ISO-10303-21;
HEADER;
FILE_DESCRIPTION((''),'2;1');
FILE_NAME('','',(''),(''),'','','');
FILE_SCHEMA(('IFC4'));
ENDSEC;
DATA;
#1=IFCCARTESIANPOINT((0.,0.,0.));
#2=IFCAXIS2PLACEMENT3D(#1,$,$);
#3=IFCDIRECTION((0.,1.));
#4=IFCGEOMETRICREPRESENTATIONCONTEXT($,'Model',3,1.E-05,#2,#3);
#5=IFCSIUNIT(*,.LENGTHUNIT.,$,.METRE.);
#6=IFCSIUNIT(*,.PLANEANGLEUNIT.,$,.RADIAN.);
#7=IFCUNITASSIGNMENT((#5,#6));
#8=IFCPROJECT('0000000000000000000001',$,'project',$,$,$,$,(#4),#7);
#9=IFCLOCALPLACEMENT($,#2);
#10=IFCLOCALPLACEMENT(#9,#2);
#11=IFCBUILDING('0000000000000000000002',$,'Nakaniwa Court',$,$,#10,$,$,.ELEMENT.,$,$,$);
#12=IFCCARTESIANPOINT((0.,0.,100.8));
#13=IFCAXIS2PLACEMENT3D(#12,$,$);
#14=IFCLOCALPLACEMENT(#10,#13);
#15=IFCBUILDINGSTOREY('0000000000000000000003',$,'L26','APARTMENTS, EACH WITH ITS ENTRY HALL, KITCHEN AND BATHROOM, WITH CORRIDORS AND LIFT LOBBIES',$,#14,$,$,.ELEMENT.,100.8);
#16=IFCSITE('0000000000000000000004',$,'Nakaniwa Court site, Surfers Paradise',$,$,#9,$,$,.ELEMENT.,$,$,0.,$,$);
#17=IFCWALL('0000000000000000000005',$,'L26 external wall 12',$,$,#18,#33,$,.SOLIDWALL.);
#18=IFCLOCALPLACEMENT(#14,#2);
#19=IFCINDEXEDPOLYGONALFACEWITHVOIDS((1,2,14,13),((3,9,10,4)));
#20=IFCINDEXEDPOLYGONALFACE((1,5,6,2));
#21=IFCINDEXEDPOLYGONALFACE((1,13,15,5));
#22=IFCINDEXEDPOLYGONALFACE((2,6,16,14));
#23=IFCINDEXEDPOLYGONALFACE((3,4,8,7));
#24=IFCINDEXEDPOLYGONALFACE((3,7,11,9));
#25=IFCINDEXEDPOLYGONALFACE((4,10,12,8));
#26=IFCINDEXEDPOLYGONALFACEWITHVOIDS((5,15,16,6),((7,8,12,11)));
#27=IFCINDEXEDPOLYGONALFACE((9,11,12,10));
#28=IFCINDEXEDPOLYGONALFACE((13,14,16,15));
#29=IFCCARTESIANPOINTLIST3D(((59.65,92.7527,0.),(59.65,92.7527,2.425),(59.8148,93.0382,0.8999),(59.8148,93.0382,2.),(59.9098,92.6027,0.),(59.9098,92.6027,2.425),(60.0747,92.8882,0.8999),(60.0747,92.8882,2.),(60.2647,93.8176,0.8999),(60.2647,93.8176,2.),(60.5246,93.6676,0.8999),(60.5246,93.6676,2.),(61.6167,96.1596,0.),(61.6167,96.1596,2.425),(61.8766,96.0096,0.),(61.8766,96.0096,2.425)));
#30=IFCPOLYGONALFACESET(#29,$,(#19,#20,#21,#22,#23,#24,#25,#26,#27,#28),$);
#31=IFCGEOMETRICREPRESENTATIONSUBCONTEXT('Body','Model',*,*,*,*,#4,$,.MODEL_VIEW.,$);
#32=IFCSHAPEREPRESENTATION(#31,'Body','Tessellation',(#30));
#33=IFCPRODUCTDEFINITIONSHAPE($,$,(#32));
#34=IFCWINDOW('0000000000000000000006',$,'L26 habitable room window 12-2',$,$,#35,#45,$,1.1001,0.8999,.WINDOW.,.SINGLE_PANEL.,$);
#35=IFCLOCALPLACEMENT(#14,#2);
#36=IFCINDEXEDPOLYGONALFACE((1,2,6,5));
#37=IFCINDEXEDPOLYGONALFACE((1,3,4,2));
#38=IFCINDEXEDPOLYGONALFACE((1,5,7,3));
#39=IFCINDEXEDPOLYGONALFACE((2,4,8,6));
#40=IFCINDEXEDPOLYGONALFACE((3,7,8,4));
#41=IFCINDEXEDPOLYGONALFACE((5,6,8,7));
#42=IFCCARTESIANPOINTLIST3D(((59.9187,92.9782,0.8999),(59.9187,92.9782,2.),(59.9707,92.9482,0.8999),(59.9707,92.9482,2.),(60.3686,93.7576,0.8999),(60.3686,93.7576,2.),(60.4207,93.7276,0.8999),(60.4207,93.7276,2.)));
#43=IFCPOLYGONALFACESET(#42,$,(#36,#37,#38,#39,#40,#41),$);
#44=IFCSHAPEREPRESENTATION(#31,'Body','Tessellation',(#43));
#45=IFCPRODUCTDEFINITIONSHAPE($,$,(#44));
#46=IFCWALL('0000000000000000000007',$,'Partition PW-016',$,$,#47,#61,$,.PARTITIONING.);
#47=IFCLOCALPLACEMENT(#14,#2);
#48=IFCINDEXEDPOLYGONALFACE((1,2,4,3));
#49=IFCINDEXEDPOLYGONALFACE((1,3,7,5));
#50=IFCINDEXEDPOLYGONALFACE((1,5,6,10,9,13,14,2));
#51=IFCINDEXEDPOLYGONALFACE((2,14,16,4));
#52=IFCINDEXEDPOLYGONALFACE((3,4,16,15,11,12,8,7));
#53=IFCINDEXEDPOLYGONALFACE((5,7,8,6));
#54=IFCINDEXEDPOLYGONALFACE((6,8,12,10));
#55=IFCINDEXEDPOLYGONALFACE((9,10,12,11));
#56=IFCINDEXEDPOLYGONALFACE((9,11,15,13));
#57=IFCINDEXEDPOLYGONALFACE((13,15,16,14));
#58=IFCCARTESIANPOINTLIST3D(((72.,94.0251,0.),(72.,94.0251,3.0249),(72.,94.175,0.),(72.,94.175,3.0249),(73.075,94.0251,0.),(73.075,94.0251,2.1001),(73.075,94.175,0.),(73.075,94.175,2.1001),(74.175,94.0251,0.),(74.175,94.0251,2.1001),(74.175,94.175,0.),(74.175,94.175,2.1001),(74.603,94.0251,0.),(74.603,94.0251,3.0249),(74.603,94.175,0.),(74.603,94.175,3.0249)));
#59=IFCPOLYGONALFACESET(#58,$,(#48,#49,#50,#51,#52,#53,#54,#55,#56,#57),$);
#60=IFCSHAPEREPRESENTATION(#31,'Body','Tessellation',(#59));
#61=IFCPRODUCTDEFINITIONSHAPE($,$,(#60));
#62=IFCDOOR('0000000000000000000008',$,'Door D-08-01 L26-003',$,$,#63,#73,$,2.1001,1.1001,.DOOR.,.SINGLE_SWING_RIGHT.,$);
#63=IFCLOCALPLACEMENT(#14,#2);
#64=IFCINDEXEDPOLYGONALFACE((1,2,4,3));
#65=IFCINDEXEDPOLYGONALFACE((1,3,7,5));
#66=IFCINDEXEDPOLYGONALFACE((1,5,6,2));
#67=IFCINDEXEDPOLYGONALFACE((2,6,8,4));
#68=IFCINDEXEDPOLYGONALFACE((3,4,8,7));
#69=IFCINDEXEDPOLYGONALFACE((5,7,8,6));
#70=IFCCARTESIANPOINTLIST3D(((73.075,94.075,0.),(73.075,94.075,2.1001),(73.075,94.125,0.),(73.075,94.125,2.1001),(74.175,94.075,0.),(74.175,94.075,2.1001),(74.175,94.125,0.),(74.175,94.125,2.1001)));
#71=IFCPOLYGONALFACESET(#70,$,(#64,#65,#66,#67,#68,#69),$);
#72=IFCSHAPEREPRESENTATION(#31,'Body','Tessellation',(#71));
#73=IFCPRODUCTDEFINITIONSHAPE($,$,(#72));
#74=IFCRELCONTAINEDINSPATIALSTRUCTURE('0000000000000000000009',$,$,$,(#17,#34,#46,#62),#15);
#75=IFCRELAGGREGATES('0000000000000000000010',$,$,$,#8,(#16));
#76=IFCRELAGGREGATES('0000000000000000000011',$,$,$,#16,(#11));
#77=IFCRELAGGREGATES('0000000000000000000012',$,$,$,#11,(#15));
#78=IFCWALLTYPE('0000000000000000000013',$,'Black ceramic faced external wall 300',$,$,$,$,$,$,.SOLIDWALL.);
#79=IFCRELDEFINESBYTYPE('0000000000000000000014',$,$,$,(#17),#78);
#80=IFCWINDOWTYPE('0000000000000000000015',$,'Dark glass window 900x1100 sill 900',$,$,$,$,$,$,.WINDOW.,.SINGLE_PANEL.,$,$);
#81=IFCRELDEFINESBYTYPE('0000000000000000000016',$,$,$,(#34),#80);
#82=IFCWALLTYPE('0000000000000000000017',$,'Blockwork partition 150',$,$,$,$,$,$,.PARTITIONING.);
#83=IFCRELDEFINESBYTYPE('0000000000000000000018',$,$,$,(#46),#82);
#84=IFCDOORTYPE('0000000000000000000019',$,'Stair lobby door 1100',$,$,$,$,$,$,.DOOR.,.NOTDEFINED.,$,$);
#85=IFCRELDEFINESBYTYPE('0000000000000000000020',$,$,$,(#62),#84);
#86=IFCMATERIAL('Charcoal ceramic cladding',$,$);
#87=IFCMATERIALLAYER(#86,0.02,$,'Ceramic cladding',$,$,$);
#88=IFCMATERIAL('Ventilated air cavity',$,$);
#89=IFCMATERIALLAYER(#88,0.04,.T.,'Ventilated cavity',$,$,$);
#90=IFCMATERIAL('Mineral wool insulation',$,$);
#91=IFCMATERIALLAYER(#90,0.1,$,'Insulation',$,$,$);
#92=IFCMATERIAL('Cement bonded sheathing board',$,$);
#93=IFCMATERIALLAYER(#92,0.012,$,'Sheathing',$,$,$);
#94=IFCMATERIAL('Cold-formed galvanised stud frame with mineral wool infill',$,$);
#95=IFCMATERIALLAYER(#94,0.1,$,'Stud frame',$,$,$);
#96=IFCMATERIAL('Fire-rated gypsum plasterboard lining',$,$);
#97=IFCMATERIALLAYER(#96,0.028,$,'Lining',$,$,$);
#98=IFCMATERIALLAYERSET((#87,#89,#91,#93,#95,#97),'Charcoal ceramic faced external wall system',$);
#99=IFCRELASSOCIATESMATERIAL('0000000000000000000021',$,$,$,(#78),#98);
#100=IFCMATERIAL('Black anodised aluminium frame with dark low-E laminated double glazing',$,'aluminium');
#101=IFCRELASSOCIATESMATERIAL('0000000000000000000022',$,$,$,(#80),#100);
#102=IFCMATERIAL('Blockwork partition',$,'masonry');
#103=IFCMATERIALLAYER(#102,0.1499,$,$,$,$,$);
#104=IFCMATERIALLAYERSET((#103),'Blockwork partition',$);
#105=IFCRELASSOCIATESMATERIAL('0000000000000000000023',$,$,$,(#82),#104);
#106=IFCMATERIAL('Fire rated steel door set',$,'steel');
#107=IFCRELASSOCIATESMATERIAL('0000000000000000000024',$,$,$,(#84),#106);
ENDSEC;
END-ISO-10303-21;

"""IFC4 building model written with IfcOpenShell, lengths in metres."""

from ifc_helpers import new_model, si_unit, direction, frame, frame_2d, origin, place, context, subcontext, project, spatial, rectangle, extrude, material, layer, layer_set, type_object, element, fill, save


model = new_model("IFC4")

# Units and contexts
model_context = context("Model", 3, precision=1e-05, world=origin(), true_north=direction((0.0, 1.0)))
body_context = subcontext(model_context, "Body", "Model", "MODEL_VIEW")
ifc_project = project(units=[si_unit("LENGTHUNIT", "METRE"), si_unit("PLANEANGLEUNIT", "RADIAN")], contexts=[model_context])

# Site, building, storey
site_placement = place(None, origin())
site = spatial("IfcSite", under=ifc_project, at=site_placement, Name="Nakaniwa Court site, Surfers Paradise", CompositionType="ELEMENT", RefElevation=0.0)
building_placement = place(site_placement, origin())
building = spatial("IfcBuilding", under=site, at=building_placement, Name="Nakaniwa Court", CompositionType="ELEMENT")
storey_placement = place(building_placement, frame((0.0, 0.0, 100.8)))
storey = spatial("IfcBuildingStorey", under=building, at=storey_placement, Name="L26", Description="APARTMENTS, EACH WITH ITS ENTRY HALL, KITCHEN AND BATHROOM, WITH CORRIDORS AND LIFT LOBBIES", CompositionType="ELEMENT", Elevation=100.8)

# Wall, opening, window
ifc_material_1 = material(Name="Charcoal ceramic cladding")
ifc_layer_1 = layer(ifc_material_1, 0.02, Name="Ceramic cladding")
ifc_material_2 = material(Name="Ventilated air cavity")
ifc_layer_2 = layer(ifc_material_2, 0.04, ventilated=True, Name="Ventilated cavity")
ifc_material_3 = material(Name="Mineral wool insulation")
ifc_layer_3 = layer(ifc_material_3, 0.1, Name="Insulation")
ifc_material_4 = material(Name="Cement bonded sheathing board")
ifc_layer_4 = layer(ifc_material_4, 0.012, Name="Sheathing")
ifc_material_5 = material(Name="Cold-formed galvanised stud frame with mineral wool infill")
ifc_layer_5 = layer(ifc_material_5, 0.1, Name="Stud frame")
ifc_material_6 = material(Name="Fire-rated gypsum plasterboard lining")
ifc_layer_6 = layer(ifc_material_6, 0.028, Name="Lining")
ifc_layer_set_1 = layer_set([ifc_layer_1, ifc_layer_2, ifc_layer_3, ifc_layer_4, ifc_layer_5, ifc_layer_6], Name="Charcoal ceramic faced external wall system")
wall_type_1 = type_object("IfcWallType", Name="Black ceramic faced external wall 300", PredefinedType="SOLIDWALL", material=ifc_layer_set_1)
ifc_material_7 = material(Name="Black anodised aluminium frame with dark low-E laminated double glazing", Category="aluminium")
wall_1_placement = place(storey_placement, frame((61.7466, 96.0845, 0.0), z_axis=(0.0, 0.0, 1.0), x_axis=(-0.499957, -0.86605, 0.0)))
wall_1 = element("IfcWall", 1, at=wall_1_placement, inside=storey, type_object=wall_type_1, Name="L26 external wall 12", PredefinedType="SOLIDWALL", context=body_context, shape_type="SweptSolid", body=[
    extrude(rectangle(XDim=3.9338, YDim=0.3, at=frame_2d((1.9668, 0.0))), origin(), (0.0, 0.0, 1.0), 2.425),
])
opening_1_placement = place(wall_1_placement, frame((2.7041, 0.0, 0.8999)))
opening_1 = element("IfcOpeningElement", 2, at=opening_1_placement, cuts=wall_1, PredefinedType="OPENING", context=body_context, shape_type="SweptSolid", body=[
    extrude(rectangle(XDim=0.8999, YDim=1.1001, at=frame_2d((0.45, 0.55))), frame((0.0, 0.1599, 0.0), z_axis=(0.0, -1.0, 0.0), x_axis=(1.0, 0.0, 0.0)), (0.0, 0.0, 1.0), 0.3201),
])
window_type_1 = type_object("IfcWindowType", Name="Dark glass window 900x1100 sill 900", PartitioningType="SINGLE_PANEL", PredefinedType="WINDOW", material=ifc_material_7)
window_1_placement = place(opening_1_placement, origin())
window_1 = element("IfcWindow", 3, at=window_1_placement, inside=storey, type_object=window_type_1, Name="L26 habitable room window 12-2", OverallHeight=1.1001, OverallWidth=0.8999, PartitioningType="SINGLE_PANEL", PredefinedType="WINDOW", context=body_context, shape_type="SweptSolid", body=[
    extrude(rectangle(XDim=0.8999, YDim=1.1001, at=frame_2d((0.45, 0.55))), frame((0.0, 0.03, 0.0), z_axis=(0.0, -1.0, 0.0), x_axis=(1.0, 0.0, 0.0)), (0.0, 0.0, 1.0), 0.0601),
])
fill(opening_1, window_1)

# Wall, opening, door
ifc_material_8 = material(Name="Blockwork partition", Category="masonry")
ifc_layer_7 = layer(ifc_material_8, 0.1499)
ifc_layer_set_2 = layer_set([ifc_layer_7], Name="Blockwork partition")
wall_type_2 = type_object("IfcWallType", Name="Blockwork partition 150", PredefinedType="PARTITIONING", material=ifc_layer_set_2)
wall_2_placement = place(storey_placement, frame((72.0, 94.1001, 0.0), z_axis=(0.0, 0.0, 1.0), x_axis=(1.0, 0.0, 0.0)))
wall_2 = element("IfcWall", 4, at=wall_2_placement, inside=storey, type_object=wall_type_2, Name="Partition PW-016", PredefinedType="PARTITIONING", context=body_context, shape_type="SweptSolid", body=[
    extrude(rectangle(XDim=2.603, YDim=0.1499, at=frame_2d((1.3015, 0.0))), origin(), (0.0, 0.0, 1.0), 3.0249),
])
opening_2_placement = place(wall_2_placement, frame((1.075, 0.0, 0.0)))
opening_2 = element("IfcOpeningElement", 5, at=opening_2_placement, cuts=wall_2, PredefinedType="OPENING", context=body_context, shape_type="SweptSolid", body=[
    extrude(rectangle(XDim=1.1001, YDim=2.1001, at=frame_2d((0.55, 1.05))), frame((0.0, 0.085, 0.0), z_axis=(0.0, -1.0, 0.0), x_axis=(1.0, 0.0, 0.0)), (0.0, 0.0, 1.0), 0.1699),
])
ifc_material_9 = material(Name="Fire rated steel door set", Category="steel")
door_type_1 = type_object("IfcDoorType", Name="Stair lobby door 1100", OperationType="NOTDEFINED", PredefinedType="DOOR", material=ifc_material_9)
door_1_placement = place(opening_2_placement, origin())
door_1 = element("IfcDoor", 6, at=door_1_placement, inside=storey, type_object=door_type_1, Name="Door D-08-01 L26-003", OperationType="SINGLE_SWING_RIGHT", OverallHeight=2.1001, OverallWidth=1.1001, PredefinedType="DOOR", context=body_context, shape_type="SweptSolid", body=[
    extrude(rectangle(XDim=1.1001, YDim=2.1001, at=frame_2d((0.55, 1.05))), frame((0.0, 0.0249, 0.0), z_axis=(0.0, -1.0, 0.0), x_axis=(1.0, 0.0, 0.0)), (0.0, 0.0, 1.0), 0.05),
])
fill(opening_2, door_1)

save(model, "model.ifc")
